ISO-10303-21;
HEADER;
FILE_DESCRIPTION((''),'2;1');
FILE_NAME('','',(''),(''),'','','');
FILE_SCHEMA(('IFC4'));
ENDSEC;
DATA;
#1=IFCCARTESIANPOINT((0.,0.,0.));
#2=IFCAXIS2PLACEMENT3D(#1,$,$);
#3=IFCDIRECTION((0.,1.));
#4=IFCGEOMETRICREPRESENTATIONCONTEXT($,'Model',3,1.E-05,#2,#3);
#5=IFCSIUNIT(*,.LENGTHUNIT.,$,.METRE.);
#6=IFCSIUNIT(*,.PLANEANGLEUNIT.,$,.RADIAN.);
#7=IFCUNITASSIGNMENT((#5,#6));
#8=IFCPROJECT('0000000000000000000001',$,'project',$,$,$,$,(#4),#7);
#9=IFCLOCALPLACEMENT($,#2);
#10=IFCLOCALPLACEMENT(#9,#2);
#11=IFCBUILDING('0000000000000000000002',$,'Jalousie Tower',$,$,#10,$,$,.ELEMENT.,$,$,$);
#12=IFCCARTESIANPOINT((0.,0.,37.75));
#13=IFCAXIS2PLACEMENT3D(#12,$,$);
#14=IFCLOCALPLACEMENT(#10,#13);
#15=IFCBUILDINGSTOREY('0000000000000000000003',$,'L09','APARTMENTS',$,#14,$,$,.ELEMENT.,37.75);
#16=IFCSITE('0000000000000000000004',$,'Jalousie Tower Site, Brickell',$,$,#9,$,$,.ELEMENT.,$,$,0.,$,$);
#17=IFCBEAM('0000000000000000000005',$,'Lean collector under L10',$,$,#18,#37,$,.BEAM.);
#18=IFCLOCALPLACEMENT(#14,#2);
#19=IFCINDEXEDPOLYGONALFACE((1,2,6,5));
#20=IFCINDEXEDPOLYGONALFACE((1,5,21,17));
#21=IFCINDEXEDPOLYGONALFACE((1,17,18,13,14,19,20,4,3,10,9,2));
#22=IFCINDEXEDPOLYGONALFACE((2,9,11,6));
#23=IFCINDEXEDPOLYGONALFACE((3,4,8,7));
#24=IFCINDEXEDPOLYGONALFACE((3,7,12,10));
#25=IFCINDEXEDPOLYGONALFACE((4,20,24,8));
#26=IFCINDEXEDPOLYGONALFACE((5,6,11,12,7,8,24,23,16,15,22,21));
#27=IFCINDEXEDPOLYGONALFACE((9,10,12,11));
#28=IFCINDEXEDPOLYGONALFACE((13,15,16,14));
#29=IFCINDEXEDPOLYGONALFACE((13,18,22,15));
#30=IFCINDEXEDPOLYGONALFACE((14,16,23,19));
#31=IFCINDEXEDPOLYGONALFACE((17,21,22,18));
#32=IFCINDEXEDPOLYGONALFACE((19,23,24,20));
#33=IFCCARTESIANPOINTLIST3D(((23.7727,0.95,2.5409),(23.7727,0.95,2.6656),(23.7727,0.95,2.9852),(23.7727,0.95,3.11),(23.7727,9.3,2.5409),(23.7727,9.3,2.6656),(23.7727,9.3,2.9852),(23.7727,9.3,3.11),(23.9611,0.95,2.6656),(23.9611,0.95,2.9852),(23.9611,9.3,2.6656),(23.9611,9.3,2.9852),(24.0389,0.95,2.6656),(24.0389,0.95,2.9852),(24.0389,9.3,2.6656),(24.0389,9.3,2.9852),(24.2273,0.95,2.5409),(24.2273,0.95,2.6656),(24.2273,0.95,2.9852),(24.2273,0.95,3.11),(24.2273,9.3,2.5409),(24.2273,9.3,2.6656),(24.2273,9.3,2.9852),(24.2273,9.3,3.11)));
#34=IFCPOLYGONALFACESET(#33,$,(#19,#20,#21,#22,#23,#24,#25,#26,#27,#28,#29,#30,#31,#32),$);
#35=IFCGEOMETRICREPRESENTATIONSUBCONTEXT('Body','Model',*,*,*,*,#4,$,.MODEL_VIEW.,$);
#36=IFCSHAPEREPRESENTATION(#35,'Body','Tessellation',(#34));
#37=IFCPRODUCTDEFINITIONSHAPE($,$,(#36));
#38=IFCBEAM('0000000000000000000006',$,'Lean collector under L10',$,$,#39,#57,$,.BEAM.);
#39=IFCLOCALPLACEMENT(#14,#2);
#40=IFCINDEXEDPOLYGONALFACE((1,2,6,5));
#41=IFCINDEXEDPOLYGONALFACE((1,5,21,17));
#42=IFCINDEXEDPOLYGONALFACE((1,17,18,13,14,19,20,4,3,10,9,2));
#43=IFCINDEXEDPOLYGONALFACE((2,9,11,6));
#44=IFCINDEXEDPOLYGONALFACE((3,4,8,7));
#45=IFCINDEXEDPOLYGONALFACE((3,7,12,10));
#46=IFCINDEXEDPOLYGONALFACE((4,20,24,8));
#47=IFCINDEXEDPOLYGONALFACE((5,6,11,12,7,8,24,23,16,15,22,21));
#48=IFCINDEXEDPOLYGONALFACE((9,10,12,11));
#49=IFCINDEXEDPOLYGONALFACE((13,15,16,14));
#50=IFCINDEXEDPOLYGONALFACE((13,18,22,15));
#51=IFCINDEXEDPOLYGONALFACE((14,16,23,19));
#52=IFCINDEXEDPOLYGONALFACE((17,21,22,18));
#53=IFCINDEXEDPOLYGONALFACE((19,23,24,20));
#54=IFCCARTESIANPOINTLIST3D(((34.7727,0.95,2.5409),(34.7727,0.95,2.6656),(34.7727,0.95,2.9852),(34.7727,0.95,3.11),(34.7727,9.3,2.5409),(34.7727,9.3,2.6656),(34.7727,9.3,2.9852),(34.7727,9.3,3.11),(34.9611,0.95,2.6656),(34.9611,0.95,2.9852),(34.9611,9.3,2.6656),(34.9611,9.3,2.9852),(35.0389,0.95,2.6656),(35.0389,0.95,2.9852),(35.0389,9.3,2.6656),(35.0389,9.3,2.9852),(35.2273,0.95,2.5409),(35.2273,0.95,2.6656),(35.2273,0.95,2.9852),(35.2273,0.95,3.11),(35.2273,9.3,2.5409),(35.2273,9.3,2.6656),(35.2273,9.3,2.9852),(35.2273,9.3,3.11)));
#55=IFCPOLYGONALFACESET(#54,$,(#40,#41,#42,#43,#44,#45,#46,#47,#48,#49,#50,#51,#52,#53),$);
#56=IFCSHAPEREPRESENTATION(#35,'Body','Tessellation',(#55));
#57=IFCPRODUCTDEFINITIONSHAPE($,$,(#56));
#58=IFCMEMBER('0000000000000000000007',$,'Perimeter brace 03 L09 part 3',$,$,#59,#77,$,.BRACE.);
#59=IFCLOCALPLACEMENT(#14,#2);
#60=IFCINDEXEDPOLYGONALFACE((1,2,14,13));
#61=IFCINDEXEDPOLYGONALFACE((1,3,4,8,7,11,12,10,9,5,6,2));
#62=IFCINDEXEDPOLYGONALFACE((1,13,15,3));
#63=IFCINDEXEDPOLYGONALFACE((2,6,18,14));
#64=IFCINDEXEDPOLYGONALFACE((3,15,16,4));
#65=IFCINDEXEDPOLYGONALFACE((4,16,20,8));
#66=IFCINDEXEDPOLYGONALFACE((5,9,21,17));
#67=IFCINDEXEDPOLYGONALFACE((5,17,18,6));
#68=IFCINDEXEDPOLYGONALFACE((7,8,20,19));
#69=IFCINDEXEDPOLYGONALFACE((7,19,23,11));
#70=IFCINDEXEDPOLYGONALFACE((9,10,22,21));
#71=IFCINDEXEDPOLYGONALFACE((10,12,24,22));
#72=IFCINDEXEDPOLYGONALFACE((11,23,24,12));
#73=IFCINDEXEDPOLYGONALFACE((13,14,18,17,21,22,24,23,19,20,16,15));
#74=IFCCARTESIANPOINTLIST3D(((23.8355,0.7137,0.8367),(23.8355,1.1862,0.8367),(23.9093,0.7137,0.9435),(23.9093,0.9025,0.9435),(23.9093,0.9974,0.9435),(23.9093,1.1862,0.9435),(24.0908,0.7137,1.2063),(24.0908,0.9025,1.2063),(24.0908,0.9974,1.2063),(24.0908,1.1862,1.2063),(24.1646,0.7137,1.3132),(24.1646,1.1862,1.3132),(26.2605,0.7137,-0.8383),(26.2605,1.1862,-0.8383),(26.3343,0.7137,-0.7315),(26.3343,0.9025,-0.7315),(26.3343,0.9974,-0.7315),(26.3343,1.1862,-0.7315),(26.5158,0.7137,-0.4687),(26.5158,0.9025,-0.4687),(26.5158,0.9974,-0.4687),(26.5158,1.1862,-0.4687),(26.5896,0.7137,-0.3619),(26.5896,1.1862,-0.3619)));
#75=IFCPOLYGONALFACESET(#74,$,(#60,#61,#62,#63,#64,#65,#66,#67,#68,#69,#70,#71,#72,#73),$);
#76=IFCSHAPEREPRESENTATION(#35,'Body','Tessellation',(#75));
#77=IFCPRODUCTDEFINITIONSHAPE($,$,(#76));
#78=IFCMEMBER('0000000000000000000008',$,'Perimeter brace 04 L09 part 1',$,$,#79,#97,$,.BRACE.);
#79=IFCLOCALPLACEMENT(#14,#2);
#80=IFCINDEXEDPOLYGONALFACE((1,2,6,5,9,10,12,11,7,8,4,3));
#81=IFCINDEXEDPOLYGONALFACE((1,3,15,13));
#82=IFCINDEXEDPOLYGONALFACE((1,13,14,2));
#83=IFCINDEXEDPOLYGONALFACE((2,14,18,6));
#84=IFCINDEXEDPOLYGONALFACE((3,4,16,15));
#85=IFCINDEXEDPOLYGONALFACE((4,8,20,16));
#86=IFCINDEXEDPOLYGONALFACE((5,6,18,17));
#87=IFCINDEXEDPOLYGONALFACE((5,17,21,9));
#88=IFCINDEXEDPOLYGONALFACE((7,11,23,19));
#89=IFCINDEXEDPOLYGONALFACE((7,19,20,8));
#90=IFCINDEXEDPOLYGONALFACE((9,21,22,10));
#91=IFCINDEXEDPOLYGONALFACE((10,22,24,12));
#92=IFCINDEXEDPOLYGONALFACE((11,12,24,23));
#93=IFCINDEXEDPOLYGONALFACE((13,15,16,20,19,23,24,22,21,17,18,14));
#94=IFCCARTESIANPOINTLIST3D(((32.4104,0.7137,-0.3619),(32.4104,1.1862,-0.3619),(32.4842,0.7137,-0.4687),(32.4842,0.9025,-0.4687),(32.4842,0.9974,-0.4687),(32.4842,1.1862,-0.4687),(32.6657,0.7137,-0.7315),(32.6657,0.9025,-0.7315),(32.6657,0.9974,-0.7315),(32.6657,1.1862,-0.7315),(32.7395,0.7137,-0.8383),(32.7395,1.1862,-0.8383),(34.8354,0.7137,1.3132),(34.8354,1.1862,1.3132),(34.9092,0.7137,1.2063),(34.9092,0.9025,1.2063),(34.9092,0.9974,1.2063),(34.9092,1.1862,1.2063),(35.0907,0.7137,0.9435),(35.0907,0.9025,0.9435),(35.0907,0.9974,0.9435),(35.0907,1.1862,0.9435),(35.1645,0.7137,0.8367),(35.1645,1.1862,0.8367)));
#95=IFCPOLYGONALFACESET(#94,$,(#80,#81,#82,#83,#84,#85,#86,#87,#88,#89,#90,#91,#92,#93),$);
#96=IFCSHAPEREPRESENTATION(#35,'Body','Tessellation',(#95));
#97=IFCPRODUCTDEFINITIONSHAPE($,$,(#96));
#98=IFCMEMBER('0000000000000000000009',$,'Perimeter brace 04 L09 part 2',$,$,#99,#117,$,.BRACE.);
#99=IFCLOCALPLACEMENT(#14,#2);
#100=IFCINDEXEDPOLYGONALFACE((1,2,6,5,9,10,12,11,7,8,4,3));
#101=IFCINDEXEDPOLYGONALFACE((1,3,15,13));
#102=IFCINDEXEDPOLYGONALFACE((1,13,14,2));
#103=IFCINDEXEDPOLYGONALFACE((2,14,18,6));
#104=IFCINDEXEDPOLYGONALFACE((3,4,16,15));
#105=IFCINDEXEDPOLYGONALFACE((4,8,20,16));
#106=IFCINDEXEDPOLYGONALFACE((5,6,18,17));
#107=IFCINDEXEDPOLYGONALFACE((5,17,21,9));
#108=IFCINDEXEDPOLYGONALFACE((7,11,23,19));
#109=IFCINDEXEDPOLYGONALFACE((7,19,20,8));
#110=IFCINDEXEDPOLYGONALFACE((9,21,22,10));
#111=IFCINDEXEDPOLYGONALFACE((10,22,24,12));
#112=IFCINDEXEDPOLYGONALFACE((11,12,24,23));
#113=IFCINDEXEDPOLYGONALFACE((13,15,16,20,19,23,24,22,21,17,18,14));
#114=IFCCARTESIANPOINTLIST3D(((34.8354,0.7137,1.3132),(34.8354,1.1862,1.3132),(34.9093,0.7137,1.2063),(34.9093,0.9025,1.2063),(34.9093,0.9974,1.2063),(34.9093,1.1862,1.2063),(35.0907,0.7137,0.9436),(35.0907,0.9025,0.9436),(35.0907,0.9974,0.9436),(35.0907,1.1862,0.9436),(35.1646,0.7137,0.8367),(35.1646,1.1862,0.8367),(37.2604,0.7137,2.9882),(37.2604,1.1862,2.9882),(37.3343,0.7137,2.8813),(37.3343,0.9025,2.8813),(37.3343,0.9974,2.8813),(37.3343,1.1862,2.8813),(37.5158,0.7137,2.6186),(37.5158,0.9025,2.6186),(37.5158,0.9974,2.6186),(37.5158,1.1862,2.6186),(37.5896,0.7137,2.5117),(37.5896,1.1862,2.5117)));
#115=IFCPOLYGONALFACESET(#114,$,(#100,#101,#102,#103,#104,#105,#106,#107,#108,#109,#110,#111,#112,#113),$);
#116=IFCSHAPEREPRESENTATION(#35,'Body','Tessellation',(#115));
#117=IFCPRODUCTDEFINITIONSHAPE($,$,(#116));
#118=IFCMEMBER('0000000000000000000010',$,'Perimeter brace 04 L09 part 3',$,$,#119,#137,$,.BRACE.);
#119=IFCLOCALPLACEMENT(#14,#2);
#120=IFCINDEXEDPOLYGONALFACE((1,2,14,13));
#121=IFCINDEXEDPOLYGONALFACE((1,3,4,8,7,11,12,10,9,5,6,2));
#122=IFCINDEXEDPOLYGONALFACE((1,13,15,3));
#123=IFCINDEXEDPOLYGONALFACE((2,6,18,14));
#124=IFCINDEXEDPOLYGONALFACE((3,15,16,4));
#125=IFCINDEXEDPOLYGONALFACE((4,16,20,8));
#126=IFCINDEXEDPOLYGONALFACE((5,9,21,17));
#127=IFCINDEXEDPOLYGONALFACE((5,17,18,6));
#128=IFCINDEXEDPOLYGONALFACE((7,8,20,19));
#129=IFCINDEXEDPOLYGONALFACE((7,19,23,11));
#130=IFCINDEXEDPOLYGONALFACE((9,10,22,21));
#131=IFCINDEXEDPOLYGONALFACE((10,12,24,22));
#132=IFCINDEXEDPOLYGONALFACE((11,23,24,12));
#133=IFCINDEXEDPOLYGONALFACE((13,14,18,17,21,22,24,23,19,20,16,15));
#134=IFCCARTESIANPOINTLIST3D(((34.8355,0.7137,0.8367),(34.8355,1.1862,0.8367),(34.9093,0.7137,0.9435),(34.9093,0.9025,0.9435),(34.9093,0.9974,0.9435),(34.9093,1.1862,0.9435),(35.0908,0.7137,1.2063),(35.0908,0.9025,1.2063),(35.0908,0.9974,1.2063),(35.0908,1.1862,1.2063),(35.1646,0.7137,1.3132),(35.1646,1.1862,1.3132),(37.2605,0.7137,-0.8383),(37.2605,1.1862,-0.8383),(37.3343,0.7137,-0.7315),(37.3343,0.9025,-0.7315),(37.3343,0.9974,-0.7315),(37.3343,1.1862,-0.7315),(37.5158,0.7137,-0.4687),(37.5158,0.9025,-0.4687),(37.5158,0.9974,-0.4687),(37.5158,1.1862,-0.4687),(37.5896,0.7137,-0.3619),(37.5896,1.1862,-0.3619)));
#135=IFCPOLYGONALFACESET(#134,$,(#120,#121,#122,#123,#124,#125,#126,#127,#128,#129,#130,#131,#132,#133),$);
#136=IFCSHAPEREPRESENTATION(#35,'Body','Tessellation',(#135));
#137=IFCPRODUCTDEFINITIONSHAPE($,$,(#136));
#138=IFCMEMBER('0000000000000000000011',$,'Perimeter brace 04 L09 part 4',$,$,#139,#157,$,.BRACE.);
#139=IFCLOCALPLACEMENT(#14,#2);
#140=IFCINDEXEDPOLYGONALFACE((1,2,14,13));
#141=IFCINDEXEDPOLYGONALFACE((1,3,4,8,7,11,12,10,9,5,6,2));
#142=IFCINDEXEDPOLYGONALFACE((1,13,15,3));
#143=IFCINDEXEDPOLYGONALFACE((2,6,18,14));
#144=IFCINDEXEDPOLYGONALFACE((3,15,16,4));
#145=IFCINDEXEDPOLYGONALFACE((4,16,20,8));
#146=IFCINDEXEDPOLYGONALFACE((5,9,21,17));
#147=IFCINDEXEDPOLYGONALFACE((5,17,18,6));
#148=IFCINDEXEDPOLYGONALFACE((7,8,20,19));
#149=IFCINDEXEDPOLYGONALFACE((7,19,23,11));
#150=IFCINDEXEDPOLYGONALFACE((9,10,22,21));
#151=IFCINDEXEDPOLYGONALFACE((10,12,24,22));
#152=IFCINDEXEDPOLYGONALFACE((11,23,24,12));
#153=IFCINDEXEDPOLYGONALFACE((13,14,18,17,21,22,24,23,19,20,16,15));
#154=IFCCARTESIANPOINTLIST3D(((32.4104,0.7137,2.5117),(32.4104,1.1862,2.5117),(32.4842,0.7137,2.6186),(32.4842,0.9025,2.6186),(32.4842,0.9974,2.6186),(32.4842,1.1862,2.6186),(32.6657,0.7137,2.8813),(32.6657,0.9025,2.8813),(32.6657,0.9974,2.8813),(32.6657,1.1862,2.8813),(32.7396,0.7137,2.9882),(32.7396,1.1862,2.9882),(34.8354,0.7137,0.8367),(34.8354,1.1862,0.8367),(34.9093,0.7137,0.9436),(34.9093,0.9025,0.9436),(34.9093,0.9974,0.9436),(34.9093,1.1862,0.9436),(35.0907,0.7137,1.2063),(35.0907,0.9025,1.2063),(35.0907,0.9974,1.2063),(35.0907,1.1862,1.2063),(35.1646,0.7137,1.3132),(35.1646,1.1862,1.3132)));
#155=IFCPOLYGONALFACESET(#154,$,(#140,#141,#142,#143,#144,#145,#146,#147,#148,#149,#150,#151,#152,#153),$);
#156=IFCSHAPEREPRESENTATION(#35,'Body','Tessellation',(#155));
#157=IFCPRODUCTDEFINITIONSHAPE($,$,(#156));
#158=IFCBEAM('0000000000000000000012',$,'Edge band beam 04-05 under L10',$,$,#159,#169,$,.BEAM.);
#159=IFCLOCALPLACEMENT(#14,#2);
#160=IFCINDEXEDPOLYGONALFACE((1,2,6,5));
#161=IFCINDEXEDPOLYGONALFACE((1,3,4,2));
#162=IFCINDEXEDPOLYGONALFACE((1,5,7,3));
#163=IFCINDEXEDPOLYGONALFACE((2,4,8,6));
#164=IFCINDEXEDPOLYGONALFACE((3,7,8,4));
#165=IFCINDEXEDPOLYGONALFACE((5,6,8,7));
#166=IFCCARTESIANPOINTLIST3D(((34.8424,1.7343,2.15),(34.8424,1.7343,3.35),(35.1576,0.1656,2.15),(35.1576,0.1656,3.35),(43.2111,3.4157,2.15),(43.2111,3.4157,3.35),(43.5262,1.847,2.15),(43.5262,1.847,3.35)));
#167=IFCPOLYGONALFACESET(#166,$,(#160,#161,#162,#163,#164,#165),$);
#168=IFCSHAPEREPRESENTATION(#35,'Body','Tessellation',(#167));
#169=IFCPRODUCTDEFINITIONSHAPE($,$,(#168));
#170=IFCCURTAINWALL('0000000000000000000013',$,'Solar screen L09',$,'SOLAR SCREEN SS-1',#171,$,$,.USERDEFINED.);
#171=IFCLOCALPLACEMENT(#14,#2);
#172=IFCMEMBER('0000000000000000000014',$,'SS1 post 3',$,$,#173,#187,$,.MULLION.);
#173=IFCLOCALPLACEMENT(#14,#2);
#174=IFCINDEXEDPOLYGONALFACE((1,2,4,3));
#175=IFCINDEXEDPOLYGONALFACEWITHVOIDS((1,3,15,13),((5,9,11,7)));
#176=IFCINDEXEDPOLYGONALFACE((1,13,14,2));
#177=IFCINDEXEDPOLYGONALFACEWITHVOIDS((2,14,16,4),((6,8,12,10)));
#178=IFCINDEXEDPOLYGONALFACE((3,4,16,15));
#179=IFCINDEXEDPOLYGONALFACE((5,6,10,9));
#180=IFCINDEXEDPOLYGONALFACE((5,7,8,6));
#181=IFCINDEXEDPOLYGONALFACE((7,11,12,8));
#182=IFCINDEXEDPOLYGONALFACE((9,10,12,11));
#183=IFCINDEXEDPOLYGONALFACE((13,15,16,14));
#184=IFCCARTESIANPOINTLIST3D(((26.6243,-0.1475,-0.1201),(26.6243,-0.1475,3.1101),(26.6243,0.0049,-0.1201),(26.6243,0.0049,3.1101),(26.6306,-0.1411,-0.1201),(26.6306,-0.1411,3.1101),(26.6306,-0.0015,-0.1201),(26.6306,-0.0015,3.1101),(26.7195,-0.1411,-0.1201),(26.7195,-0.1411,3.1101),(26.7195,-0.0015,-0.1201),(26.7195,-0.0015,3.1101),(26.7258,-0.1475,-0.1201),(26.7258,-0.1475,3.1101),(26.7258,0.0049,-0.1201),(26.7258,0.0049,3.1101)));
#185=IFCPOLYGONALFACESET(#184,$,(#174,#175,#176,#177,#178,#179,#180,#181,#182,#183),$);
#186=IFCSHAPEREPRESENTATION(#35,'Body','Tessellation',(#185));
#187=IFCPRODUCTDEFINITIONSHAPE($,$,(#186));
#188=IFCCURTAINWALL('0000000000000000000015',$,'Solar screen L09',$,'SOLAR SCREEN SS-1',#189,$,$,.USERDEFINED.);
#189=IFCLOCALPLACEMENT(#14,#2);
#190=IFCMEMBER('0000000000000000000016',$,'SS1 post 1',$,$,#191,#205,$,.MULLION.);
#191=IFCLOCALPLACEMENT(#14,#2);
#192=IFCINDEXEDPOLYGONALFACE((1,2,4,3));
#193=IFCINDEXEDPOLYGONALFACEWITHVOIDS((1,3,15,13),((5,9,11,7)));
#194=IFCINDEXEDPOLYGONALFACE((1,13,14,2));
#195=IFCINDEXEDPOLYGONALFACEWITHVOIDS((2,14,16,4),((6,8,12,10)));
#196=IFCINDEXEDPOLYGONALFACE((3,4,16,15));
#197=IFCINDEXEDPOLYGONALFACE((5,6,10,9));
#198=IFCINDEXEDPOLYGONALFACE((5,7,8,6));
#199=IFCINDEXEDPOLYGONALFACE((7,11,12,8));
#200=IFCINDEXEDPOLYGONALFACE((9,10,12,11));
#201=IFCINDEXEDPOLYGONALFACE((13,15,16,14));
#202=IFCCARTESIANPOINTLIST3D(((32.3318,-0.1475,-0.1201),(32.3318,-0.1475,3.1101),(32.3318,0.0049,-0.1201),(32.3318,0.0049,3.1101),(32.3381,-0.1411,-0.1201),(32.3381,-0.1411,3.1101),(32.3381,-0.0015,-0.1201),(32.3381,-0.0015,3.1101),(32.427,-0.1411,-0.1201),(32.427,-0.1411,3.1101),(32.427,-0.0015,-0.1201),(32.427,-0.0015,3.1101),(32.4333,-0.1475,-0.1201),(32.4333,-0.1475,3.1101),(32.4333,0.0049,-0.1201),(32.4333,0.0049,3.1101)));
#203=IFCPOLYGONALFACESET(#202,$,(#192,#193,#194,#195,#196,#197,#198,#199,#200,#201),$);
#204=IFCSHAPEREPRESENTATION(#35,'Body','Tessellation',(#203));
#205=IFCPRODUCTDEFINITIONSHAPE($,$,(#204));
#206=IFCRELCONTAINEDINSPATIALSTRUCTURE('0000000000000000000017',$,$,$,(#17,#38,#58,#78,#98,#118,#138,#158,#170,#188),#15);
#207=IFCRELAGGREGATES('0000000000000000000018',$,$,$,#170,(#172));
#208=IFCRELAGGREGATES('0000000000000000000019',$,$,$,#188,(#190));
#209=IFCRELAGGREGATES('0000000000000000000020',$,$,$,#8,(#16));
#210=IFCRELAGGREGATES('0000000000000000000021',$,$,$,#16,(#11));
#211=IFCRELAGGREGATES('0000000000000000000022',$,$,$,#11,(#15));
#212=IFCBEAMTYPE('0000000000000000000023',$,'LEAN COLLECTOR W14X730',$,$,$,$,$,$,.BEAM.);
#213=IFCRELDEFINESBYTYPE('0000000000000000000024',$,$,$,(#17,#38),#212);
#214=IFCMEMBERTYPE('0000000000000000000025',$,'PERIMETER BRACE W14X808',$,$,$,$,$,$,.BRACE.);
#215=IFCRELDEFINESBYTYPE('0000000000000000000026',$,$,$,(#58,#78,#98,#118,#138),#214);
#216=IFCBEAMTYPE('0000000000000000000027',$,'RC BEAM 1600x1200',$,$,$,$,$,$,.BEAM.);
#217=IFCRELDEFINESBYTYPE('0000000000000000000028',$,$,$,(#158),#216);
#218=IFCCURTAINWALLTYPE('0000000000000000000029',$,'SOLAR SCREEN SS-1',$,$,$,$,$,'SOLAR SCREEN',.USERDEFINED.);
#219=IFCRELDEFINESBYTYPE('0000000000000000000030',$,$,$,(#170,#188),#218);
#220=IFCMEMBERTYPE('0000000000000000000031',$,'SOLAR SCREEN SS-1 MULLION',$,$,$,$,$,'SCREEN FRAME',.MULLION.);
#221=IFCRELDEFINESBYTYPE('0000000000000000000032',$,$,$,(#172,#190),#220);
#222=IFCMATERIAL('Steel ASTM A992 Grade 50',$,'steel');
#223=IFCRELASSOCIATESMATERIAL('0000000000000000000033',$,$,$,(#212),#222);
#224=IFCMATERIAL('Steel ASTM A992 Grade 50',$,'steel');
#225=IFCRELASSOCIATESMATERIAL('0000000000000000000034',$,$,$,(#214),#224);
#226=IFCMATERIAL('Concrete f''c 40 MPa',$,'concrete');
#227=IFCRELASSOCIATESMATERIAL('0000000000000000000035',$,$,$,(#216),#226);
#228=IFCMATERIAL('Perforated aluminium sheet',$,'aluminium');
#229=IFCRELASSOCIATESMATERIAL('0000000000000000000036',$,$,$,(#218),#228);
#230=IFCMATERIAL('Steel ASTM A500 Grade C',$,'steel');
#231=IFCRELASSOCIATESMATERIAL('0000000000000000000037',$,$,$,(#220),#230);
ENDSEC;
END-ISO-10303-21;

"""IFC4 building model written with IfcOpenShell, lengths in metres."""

from ifc_helpers import new_model, si_unit, direction, frame, origin, origin_2d, place, context, subcontext, project, spatial, rectangle, hollow_rectangle, i_section, extrude, material, material_profile, profile_set, type_object, element, aggregate, save


model = new_model("IFC4")

# Units and contexts
model_context = context("Model", 3, precision=1e-05, world=origin(), true_north=direction((0.0, 1.0)))
body_context = subcontext(model_context, "Body", "Model", "MODEL_VIEW")
ifc_project = project(units=[si_unit("LENGTHUNIT", "METRE"), si_unit("PLANEANGLEUNIT", "RADIAN")], contexts=[model_context])

# Site, building, storey
site_placement = place(None, origin())
site = spatial("IfcSite", under=ifc_project, at=site_placement, Name="Jalousie Tower Site, Brickell", CompositionType="ELEMENT", RefElevation=0.0)
building_placement = place(site_placement, origin())
building = spatial("IfcBuilding", under=site, at=building_placement, Name="Jalousie Tower", CompositionType="ELEMENT")
storey_placement = place(building_placement, frame((0.0, 0.0, 37.75)))
storey = spatial("IfcBuildingStorey", under=building, at=storey_placement, Name="L09", Description="APARTMENTS", CompositionType="ELEMENT", Elevation=37.75)

# Beams
ifc_material_1 = material(Name="Steel ASTM A992 Grade 50", Category="steel")
ifc_material_profile_1 = material_profile(ifc_material_1, i_section(OverallWidth=0.4546, OverallDepth=0.5691, WebThickness=0.0779, FlangeThickness=0.1248, at=origin_2d()), Name="W14X730")
ifc_profile_set_1 = profile_set([ifc_material_profile_1], Name="Steel ASTM A992 Grade 50")
beam_type_1 = type_object("IfcBeamType", Name="LEAN COLLECTOR W14X730", PredefinedType="BEAM", material=ifc_profile_set_1)
for number, where, z_axis, x_axis, name in (
    (1, (24.0, 0.95, 2.8254), (0.0, 1.0, 0.0), (-1.0, 0.0, 0.0), "Lean collector under L10"),
    (2, (35.0, 0.95, 2.8254), (0.0, 1.0, 0.0), (-1.0, 0.0, 0.0), "Lean collector under L10"),
):
    element("IfcBeam", number, at=place(storey_placement, frame(where, z_axis=z_axis, x_axis=x_axis)), inside=storey, type_object=beam_type_1, Name=name, PredefinedType="BEAM", context=body_context, shape_type="SweptSolid", body=[
        extrude(i_section(OverallWidth=0.4546, OverallDepth=0.5691, WebThickness=0.0779, FlangeThickness=0.1248, at=origin_2d()), origin(), (0.0, 0.0, 1.0), 8.3501),
    ])

# Members
ifc_material_2 = material(Name="Steel ASTM A992 Grade 50", Category="steel")
ifc_material_profile_2 = material_profile(ifc_material_2, i_section(OverallWidth=0.4724, OverallDepth=0.5791, WebThickness=0.095, FlangeThickness=0.1299, at=origin_2d()), Name="W14X808")
ifc_profile_set_2 = profile_set([ifc_material_profile_2], Name="Steel ASTM A992 Grade 50")
member_type_1 = type_object("IfcMemberType", Name="PERIMETER BRACE W14X808", PredefinedType="BRACE", material=ifc_profile_set_2)
for number, where, z_axis, x_axis, name in (
    (3, (26.425, 0.95, -0.6001), (-0.8228, 0.0, 0.568331), (0.0, -1.0, 0.0), "Perimeter brace 03 L09 part 3"),
    (4, (32.575, 0.95, -0.6001), (0.8228, 0.0, 0.568331), (0.0, 1.0, 0.0), "Perimeter brace 04 L09 part 1"),
    (5, (35.0, 0.95, 1.075), (0.8228, 0.0, 0.568331), (0.0, 1.0, 0.0), "Perimeter brace 04 L09 part 2"),
    (6, (37.425, 0.95, -0.6001), (-0.8228, 0.0, 0.568331), (0.0, -1.0, 0.0), "Perimeter brace 04 L09 part 3"),
    (7, (35.0, 0.95, 1.075), (-0.8228, 0.0, 0.568331), (0.0, -1.0, 0.0), "Perimeter brace 04 L09 part 4"),
):
    element("IfcMember", number, at=place(storey_placement, frame(where, z_axis=z_axis, x_axis=x_axis)), inside=storey, type_object=member_type_1, Name=name, PredefinedType="BRACE", context=body_context, shape_type="SweptSolid", body=[
        extrude(i_section(OverallWidth=0.4724, OverallDepth=0.5791, WebThickness=0.095, FlangeThickness=0.1299, at=origin_2d()), origin(), (0.0, 0.0, 1.0), 2.9473),
    ])

# Beam
ifc_material_3 = material(Name="Concrete f'c 40 MPa", Category="concrete")
ifc_material_profile_3 = material_profile(ifc_material_3, rectangle(XDim=1.6001, YDim=1.2, at=origin_2d()), Name="RC 1600x1200")
ifc_profile_set_3 = profile_set([ifc_material_profile_3], Name="Concrete f'c 40 MPa")
beam_type_2 = type_object("IfcBeamType", Name="RC BEAM 1600x1200", PredefinedType="BEAM", material=ifc_profile_set_3)
beam_placement = place(storey_placement, frame((35.0, 0.95, 2.75), z_axis=(0.980408, 0.19698, 0.0), x_axis=(-0.19698, 0.980408, 0.0)))
element("IfcBeam", 8, at=beam_placement, inside=storey, type_object=beam_type_2, Name="Edge band beam 04-05 under L10", PredefinedType="BEAM", context=body_context, shape_type="SweptSolid", body=[
    extrude(rectangle(XDim=1.6001, YDim=1.2, at=origin_2d()), origin(), (0.0, 0.0, 1.0), 8.5359),
])

# Curtain wall, member
ifc_material_4 = material(Name="Perforated aluminium sheet", Category="aluminium")
curtain_wall_type = type_object("IfcCurtainWallType", Name="SOLAR SCREEN SS-1", ElementType="SOLAR SCREEN", PredefinedType="USERDEFINED", material=ifc_material_4)
curtain_wall_1_placement = place(storey_placement, origin())
curtain_wall_1 = element("IfcCurtainWall", 9, at=curtain_wall_1_placement, inside=storey, type_object=curtain_wall_type, Name="Solar screen L09", ObjectType="SOLAR SCREEN SS-1", PredefinedType="USERDEFINED")
ifc_material_5 = material(Name="Steel ASTM A500 Grade C", Category="steel")
ifc_material_profile_4 = material_profile(ifc_material_5, hollow_rectangle(XDim=0.1016, YDim=0.1523, WallThickness=0.0063, at=origin_2d()), Name="HSS6X4X1/4")
ifc_profile_set_4 = profile_set([ifc_material_profile_4], Name="Steel ASTM A500 Grade C")
member_type_2 = type_object("IfcMemberType", Name="SOLAR SCREEN SS-1 MULLION", ElementType="SCREEN FRAME", PredefinedType="MULLION", material=ifc_profile_set_4)
member_1_placement = place(storey_placement, frame((26.675, -0.0713, -0.1201), z_axis=(0.0, 0.0, 1.0), x_axis=(1.0, 0.0, 0.0)))
member_1 = element("IfcMember", 10, at=member_1_placement, type_object=member_type_2, Name="SS1 post 3", PredefinedType="MULLION", context=body_context, shape_type="SweptSolid", body=[
    extrude(hollow_rectangle(XDim=0.1016, YDim=0.1523, WallThickness=0.0063, at=origin_2d()), origin(), (0.0, 0.0, 1.0), 3.2302),
])

# Curtain wall, member
curtain_wall_2_placement = place(storey_placement, origin())
curtain_wall_2 = element("IfcCurtainWall", 11, at=curtain_wall_2_placement, inside=storey, type_object=curtain_wall_type, Name="Solar screen L09", ObjectType="SOLAR SCREEN SS-1", PredefinedType="USERDEFINED")
member_2_placement = place(storey_placement, frame((32.3826, -0.0713, -0.1201), z_axis=(0.0, 0.0, 1.0), x_axis=(1.0, 0.0, 0.0)))
member_2 = element("IfcMember", 12, at=member_2_placement, type_object=member_type_2, Name="SS1 post 1", PredefinedType="MULLION", context=body_context, shape_type="SweptSolid", body=[
    extrude(hollow_rectangle(XDim=0.1016, YDim=0.1523, WallThickness=0.0063, at=origin_2d()), origin(), (0.0, 0.0, 1.0), 3.2302),
])

aggregate(curtain_wall_1, [member_1])
aggregate(curtain_wall_2, [member_2])

save(model, "model.ifc")
